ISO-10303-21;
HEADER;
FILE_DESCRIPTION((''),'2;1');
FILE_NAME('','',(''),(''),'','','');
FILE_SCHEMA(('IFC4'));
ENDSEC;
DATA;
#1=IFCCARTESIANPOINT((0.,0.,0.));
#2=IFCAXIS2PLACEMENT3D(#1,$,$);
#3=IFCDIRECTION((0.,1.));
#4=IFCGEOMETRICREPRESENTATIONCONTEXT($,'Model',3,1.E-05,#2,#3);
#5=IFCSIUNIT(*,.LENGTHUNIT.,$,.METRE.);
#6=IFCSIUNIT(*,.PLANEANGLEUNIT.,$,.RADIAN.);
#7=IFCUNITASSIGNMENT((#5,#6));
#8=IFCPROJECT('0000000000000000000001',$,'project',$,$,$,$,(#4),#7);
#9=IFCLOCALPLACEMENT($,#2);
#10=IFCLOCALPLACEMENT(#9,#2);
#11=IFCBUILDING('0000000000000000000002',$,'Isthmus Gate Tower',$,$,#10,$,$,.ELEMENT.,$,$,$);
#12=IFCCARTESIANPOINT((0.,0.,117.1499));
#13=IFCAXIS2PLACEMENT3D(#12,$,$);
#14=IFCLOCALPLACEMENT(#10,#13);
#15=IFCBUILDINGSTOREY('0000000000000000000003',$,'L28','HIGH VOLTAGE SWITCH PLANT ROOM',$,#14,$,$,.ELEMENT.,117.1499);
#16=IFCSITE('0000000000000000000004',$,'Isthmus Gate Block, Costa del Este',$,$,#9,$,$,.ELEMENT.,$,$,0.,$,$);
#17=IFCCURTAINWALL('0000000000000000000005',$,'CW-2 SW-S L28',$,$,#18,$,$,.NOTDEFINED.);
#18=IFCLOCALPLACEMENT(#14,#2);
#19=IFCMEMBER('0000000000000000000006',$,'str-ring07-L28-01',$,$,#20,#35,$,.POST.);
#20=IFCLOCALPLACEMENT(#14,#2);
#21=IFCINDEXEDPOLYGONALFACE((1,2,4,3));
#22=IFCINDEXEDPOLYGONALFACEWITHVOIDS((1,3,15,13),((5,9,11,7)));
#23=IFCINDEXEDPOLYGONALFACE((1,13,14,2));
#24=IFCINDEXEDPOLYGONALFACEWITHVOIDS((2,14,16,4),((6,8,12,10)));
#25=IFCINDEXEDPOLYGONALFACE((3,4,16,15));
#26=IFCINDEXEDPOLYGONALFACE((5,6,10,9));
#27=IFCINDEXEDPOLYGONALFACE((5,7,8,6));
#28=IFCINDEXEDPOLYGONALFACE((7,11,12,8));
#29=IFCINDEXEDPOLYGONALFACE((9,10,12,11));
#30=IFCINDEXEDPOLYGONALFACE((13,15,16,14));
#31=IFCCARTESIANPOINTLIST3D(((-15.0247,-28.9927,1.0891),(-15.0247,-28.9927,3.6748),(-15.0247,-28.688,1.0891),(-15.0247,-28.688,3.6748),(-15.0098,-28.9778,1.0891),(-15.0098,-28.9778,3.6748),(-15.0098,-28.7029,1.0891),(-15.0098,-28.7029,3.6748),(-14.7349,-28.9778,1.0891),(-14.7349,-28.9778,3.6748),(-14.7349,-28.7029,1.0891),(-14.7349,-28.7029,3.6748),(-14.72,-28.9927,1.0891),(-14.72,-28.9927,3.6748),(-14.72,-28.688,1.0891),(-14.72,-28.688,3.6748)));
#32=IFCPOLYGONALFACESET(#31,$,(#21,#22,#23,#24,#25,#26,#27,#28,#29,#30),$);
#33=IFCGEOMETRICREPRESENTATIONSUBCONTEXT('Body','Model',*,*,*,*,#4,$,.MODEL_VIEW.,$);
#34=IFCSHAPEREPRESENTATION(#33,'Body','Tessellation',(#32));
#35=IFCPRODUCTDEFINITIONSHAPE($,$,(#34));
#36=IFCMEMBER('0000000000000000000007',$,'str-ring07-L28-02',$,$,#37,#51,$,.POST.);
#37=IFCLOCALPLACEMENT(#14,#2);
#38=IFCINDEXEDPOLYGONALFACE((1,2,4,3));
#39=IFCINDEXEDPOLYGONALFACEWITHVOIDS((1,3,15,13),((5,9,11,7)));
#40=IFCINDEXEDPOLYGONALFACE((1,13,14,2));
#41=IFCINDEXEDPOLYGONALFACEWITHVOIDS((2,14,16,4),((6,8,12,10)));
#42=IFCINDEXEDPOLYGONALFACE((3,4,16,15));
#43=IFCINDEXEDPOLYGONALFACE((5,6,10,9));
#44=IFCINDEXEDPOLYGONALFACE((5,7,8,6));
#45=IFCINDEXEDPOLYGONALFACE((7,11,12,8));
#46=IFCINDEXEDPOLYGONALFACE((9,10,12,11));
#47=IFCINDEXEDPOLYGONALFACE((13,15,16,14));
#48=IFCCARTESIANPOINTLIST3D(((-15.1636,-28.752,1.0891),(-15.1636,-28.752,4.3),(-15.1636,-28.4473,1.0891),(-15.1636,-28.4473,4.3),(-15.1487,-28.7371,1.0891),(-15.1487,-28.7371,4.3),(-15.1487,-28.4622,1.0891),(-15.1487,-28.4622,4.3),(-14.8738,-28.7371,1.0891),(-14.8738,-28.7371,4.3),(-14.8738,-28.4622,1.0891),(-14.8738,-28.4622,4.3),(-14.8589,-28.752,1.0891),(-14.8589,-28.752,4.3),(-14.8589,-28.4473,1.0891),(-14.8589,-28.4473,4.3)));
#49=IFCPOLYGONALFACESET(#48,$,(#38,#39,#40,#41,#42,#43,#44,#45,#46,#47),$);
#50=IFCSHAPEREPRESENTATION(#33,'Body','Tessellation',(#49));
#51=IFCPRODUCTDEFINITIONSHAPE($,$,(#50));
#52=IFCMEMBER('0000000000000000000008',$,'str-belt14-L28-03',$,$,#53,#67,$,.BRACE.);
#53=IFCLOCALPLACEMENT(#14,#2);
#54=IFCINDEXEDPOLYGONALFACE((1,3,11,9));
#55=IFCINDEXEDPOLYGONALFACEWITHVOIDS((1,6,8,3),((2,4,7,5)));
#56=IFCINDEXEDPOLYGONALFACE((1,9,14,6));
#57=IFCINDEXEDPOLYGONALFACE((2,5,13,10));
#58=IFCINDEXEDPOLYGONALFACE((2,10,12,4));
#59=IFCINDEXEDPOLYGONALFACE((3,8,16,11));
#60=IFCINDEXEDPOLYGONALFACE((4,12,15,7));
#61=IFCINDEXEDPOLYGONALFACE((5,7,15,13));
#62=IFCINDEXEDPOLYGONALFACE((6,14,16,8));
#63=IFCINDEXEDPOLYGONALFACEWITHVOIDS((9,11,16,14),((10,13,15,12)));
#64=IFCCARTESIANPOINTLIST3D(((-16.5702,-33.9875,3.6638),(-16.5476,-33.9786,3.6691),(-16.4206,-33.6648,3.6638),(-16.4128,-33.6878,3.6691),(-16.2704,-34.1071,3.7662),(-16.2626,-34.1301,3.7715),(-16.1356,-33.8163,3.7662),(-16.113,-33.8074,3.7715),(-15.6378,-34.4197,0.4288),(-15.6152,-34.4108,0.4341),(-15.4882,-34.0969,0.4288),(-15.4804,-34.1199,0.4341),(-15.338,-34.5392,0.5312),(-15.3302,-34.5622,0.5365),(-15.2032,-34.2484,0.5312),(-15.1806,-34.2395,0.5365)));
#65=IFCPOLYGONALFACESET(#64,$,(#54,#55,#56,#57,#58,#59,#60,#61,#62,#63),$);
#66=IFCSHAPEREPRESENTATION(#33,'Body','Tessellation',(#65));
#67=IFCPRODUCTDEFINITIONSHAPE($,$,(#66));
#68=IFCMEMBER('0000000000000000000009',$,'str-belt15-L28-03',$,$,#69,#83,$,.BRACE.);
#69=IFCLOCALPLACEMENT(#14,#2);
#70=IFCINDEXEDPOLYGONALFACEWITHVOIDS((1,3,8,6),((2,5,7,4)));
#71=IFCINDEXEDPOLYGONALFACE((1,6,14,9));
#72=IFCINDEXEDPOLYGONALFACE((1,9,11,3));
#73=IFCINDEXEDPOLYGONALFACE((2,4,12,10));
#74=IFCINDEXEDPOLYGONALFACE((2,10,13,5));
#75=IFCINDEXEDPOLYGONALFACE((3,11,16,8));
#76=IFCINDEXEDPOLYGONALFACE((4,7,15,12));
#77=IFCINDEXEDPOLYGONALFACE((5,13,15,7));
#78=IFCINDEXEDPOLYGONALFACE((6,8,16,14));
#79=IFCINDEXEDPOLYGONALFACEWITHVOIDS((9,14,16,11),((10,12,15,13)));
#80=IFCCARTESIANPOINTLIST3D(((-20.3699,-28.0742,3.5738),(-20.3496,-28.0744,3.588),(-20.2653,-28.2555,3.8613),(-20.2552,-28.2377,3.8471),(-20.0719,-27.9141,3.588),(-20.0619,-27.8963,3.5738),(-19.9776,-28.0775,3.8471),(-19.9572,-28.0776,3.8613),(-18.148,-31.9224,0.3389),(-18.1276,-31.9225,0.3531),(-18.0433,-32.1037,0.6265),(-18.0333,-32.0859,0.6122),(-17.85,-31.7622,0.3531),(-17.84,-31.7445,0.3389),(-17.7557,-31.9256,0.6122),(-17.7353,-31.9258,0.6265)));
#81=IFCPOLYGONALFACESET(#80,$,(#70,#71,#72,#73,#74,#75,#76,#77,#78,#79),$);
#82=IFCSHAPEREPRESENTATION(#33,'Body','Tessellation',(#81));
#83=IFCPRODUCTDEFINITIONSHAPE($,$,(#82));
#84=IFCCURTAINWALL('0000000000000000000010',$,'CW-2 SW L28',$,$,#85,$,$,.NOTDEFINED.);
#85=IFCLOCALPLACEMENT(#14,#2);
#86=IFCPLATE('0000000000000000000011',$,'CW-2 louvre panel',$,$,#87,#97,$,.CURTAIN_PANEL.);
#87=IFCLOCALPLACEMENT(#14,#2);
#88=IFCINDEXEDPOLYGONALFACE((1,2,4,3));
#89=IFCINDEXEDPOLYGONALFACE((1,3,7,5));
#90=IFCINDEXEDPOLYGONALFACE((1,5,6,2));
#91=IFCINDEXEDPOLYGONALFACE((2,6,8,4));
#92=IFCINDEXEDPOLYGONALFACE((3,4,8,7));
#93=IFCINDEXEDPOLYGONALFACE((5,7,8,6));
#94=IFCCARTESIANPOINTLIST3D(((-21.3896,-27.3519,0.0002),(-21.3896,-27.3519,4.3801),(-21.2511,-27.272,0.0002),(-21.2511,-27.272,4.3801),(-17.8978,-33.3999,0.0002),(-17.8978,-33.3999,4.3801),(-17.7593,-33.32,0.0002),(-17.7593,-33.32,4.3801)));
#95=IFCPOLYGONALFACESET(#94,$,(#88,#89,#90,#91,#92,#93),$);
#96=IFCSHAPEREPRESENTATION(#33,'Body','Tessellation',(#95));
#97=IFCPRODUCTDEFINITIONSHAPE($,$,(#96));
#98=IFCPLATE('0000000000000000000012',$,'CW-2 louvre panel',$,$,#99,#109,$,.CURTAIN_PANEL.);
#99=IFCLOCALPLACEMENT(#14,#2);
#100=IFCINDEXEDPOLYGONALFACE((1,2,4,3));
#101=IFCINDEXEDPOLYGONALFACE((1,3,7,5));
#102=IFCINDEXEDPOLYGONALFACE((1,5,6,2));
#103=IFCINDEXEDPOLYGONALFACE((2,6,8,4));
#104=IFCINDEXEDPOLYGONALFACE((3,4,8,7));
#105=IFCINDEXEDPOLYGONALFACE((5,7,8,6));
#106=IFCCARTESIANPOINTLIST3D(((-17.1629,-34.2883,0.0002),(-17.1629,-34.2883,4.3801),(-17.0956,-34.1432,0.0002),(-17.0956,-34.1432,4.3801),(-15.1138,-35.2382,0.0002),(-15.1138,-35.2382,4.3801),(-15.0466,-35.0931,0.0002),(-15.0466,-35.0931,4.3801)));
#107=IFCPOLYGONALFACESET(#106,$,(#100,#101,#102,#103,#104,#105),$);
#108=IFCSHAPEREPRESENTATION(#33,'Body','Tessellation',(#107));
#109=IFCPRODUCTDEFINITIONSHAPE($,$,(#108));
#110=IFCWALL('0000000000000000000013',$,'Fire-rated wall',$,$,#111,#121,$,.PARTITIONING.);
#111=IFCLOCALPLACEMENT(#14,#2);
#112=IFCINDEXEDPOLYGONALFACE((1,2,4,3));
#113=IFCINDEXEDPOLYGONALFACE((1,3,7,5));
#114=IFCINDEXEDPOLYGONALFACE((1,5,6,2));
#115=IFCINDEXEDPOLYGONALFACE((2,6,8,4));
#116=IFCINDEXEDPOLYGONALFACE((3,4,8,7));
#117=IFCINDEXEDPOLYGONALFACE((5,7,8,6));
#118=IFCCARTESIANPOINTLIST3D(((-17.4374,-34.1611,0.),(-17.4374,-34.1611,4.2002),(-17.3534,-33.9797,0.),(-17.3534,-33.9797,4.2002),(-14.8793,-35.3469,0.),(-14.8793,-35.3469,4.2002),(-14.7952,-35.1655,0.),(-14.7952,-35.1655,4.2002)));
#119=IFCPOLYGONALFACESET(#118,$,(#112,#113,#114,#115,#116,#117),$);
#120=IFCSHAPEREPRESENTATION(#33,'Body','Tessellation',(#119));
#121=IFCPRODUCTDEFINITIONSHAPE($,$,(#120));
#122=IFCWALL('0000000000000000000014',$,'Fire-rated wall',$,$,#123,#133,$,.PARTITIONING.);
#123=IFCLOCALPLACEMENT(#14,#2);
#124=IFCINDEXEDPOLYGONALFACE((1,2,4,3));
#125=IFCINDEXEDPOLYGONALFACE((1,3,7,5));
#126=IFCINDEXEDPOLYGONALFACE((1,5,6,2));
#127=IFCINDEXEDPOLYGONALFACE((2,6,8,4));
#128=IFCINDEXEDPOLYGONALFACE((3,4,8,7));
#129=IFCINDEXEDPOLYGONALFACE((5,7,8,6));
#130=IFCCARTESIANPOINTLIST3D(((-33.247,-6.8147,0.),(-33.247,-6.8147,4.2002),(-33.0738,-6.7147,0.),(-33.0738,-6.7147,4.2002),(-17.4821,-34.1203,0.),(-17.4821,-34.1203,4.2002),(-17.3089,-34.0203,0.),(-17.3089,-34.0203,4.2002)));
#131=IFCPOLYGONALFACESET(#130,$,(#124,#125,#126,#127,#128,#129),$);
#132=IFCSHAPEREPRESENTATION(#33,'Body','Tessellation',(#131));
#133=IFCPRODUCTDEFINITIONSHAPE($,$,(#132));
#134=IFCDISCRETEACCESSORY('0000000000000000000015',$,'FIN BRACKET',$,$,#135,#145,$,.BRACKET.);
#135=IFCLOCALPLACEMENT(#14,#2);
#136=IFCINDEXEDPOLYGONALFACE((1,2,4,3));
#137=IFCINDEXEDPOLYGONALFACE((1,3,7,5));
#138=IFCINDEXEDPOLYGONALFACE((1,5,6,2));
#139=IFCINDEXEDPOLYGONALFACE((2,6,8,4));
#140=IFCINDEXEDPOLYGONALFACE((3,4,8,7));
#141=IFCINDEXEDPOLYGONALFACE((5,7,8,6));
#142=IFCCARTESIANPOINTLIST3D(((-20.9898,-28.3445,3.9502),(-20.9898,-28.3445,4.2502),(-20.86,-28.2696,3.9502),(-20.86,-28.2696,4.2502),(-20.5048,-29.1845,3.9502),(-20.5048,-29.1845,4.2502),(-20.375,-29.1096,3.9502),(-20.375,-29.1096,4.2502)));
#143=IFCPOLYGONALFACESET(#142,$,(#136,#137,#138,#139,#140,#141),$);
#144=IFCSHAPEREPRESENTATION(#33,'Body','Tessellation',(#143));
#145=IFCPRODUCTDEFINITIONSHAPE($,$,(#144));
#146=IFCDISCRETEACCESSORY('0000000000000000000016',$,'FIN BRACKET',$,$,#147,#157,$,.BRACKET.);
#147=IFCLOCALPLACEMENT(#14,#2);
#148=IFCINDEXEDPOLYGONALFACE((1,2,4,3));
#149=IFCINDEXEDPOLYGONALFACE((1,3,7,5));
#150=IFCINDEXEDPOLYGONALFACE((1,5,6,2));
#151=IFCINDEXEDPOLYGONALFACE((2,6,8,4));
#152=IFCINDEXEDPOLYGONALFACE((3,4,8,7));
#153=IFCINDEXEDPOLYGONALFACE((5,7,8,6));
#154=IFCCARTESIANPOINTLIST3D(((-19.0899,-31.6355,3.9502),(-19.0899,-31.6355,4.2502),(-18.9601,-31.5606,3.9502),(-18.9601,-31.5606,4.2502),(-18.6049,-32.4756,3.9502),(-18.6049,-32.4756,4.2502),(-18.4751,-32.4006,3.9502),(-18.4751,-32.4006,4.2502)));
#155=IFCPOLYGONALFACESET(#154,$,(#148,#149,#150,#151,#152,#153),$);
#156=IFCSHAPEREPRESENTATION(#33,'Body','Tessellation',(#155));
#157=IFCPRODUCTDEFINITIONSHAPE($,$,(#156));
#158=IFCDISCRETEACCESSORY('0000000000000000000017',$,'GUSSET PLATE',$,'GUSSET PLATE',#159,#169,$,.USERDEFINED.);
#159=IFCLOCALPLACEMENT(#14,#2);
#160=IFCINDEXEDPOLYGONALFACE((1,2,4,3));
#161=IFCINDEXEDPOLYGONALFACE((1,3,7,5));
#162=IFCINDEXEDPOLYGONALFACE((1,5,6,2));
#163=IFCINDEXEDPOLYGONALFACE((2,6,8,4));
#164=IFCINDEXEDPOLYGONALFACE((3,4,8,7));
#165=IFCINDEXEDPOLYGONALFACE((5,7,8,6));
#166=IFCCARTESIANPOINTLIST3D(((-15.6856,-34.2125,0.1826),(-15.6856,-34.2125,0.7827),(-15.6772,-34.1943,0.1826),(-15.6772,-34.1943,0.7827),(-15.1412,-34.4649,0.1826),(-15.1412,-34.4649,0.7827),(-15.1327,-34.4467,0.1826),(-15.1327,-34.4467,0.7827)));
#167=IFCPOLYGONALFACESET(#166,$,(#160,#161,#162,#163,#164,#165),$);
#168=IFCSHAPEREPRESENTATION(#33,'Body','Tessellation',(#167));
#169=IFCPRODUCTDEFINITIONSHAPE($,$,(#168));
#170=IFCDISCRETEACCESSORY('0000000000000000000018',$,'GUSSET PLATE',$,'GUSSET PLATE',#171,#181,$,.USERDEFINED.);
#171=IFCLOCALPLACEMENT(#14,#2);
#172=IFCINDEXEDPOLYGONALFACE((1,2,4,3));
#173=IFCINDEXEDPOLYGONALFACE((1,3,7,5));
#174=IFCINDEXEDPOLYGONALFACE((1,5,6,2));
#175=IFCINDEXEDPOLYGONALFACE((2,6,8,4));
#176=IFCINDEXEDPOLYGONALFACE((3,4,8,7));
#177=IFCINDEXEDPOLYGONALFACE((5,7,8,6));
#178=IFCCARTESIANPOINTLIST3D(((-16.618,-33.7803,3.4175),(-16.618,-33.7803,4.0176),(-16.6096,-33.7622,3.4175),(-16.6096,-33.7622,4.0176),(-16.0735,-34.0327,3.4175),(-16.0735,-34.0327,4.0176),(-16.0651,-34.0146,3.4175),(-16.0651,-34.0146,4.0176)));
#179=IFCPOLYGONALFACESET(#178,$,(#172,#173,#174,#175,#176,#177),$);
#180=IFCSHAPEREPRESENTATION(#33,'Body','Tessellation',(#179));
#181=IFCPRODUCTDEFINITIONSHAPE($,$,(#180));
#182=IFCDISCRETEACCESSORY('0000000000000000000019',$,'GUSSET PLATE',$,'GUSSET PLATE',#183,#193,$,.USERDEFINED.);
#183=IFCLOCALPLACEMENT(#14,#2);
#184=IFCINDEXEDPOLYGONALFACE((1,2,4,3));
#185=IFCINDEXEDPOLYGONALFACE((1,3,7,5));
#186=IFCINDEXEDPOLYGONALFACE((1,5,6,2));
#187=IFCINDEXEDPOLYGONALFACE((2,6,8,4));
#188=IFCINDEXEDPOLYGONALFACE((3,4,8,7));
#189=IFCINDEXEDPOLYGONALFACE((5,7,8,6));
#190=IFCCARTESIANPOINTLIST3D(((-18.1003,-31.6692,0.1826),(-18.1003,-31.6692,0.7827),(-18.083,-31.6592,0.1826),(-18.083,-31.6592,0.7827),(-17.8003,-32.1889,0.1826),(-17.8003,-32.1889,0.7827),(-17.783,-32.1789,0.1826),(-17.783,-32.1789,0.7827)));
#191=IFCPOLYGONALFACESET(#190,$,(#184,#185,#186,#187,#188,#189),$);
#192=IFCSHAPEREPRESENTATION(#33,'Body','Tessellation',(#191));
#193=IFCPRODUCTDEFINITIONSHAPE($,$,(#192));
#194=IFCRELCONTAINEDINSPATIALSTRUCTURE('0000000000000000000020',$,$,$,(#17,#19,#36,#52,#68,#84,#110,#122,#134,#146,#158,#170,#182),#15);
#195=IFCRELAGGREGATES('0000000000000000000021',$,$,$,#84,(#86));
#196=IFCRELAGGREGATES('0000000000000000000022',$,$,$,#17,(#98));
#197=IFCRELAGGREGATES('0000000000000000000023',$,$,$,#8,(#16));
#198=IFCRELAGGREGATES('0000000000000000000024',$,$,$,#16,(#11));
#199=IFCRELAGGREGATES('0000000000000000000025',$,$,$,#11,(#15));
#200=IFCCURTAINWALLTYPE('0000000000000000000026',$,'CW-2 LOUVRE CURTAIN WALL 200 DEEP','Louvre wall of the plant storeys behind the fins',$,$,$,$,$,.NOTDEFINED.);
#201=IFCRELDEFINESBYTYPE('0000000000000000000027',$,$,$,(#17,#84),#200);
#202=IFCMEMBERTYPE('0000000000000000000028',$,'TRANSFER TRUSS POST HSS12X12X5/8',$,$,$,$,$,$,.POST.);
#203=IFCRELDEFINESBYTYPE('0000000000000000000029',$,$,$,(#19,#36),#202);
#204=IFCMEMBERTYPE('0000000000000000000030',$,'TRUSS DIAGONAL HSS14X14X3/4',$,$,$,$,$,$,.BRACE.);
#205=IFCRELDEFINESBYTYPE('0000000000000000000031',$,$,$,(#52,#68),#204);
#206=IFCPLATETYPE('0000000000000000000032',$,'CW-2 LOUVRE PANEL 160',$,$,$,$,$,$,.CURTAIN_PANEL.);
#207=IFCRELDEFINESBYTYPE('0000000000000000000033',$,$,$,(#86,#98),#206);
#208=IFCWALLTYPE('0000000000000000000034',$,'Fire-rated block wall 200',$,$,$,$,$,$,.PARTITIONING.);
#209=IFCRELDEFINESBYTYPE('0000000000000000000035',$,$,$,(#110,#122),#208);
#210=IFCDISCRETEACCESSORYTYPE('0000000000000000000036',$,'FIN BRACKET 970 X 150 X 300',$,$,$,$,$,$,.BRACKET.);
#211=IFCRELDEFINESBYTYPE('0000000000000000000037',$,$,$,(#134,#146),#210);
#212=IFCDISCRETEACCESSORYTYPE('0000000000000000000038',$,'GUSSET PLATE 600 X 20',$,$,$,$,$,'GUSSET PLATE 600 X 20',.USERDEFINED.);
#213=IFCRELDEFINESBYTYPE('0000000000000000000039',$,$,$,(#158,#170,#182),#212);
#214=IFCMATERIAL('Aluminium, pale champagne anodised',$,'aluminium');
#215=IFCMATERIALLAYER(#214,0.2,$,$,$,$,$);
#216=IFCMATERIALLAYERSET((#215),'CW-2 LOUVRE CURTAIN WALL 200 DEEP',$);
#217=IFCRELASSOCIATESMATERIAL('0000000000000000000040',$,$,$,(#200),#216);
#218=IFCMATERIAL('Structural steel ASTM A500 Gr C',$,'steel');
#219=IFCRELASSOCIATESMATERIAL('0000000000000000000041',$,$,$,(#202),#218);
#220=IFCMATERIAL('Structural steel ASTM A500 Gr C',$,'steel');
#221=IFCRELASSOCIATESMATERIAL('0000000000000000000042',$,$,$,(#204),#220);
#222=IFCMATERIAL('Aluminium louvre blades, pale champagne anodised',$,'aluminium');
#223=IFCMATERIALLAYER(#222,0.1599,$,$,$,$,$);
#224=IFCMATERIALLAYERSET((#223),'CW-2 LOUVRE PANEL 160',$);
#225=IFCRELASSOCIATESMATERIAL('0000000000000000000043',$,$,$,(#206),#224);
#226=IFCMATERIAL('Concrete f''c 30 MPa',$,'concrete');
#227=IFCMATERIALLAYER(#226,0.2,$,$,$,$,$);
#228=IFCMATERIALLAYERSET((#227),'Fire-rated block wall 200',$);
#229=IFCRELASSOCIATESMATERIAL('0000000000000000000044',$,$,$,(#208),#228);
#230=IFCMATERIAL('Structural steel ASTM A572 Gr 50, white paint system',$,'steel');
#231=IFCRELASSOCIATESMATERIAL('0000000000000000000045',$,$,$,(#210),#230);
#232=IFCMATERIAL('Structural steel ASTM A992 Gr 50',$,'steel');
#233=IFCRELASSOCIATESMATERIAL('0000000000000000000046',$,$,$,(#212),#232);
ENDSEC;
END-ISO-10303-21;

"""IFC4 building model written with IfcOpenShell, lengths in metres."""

from ifc_helpers import new_model, si_unit, direction, frame, frame_2d, origin, origin_2d, place, context, subcontext, project, spatial, rectangle, hollow_rectangle, extrude, material, layer, layer_set, material_profile, profile_set, type_object, element, aggregate, save


model = new_model("IFC4")

# Units and contexts
model_context = context("Model", 3, precision=1e-05, world=origin(), true_north=direction((0.0, 1.0)))
body_context = subcontext(model_context, "Body", "Model", "MODEL_VIEW")
ifc_project = project(units=[si_unit("LENGTHUNIT", "METRE"), si_unit("PLANEANGLEUNIT", "RADIAN")], contexts=[model_context])

# Site, building, storey
site_placement = place(None, origin())
site = spatial("IfcSite", under=ifc_project, at=site_placement, Name="Isthmus Gate Block, Costa del Este", CompositionType="ELEMENT", RefElevation=0.0)
building_placement = place(site_placement, origin())
building = spatial("IfcBuilding", under=site, at=building_placement, Name="Isthmus Gate Tower", CompositionType="ELEMENT")
storey_placement = place(building_placement, frame((0.0, 0.0, 117.1499)))
storey = spatial("IfcBuildingStorey", under=building, at=storey_placement, Name="L28", Description="HIGH VOLTAGE SWITCH PLANT ROOM", CompositionType="ELEMENT", Elevation=117.1499)

# Curtain wall
ifc_material_1 = material(Name="Aluminium, pale champagne anodised", Category="aluminium")
ifc_layer_1 = layer(ifc_material_1, 0.2)
ifc_layer_set_1 = layer_set([ifc_layer_1], Name="CW-2 LOUVRE CURTAIN WALL 200 DEEP")
curtain_wall_type = type_object("IfcCurtainWallType", Name="CW-2 LOUVRE CURTAIN WALL 200 DEEP", Description="Louvre wall of the plant storeys behind the fins", PredefinedType="NOTDEFINED", material=ifc_layer_set_1)
curtain_wall_1_placement = place(storey_placement, origin())
curtain_wall_1 = element("IfcCurtainWall", 1, at=curtain_wall_1_placement, inside=storey, type_object=curtain_wall_type, Name="CW-2 SW-S L28", PredefinedType="NOTDEFINED")

# Members
ifc_material_2 = material(Name="Structural steel ASTM A500 Gr C", Category="steel")
ifc_material_profile_1 = material_profile(ifc_material_2, hollow_rectangle(XDim=0.3047, YDim=0.3047, WallThickness=0.0149, at=origin_2d()), Name="HSS12X12X5/8")
ifc_profile_set_1 = profile_set([ifc_material_profile_1], Name="Structural steel ASTM A500 Gr C")
member_type_1 = type_object("IfcMemberType", Name="TRANSFER TRUSS POST HSS12X12X5/8", PredefinedType="POST", material=ifc_profile_set_1)
member_1_placement = place(storey_placement, frame((-14.8723, -28.8403, 1.0891), z_axis=(0.0, 0.0, 1.0), x_axis=(1.0, 0.0, 0.0)))
element("IfcMember", 2, at=member_1_placement, inside=storey, type_object=member_type_1, Name="str-ring07-L28-01", PredefinedType="POST", context=body_context, shape_type="SweptSolid", body=[
    extrude(hollow_rectangle(XDim=0.3047, YDim=0.3047, WallThickness=0.0149, at=origin_2d()), origin(), (0.0, 0.0, 1.0), 2.5857),
])
member_2_placement = place(storey_placement, frame((-15.0112, -28.5996, 1.0891), z_axis=(0.0, 0.0, 1.0), x_axis=(1.0, 0.0, 0.0)))
element("IfcMember", 3, at=member_2_placement, inside=storey, type_object=member_type_1, Name="str-ring07-L28-02", PredefinedType="POST", context=body_context, shape_type="SweptSolid", body=[
    extrude(hollow_rectangle(XDim=0.3047, YDim=0.3047, WallThickness=0.0149, at=origin_2d()), origin(), (0.0, 0.0, 1.0), 3.2109),
])
ifc_material_3 = material(Name="Structural steel ASTM A500 Gr C", Category="steel")
ifc_material_profile_2 = material_profile(ifc_material_3, hollow_rectangle(XDim=0.3557, YDim=0.3557, WallThickness=0.0176, at=origin_2d()), Name="HSS14X14X3/4")
ifc_profile_set_2 = profile_set([ifc_material_profile_2], Name="Structural steel ASTM A500 Gr C")
member_type_2 = type_object("IfcMemberType", Name="TRUSS DIAGONAL HSS14X14X3/4", PredefinedType="BRACE", material=ifc_profile_set_2)
member_3_placement = place(storey_placement, frame((-15.4092, -34.3296, 0.4827), z_axis=(-0.274698, 0.127315, 0.953064), x_axis=(-0.420504, -0.907291, 0.0)))
element("IfcMember", 4, at=member_3_placement, inside=storey, type_object=member_type_2, Name="str-belt14-L28-03", PredefinedType="BRACE", context=body_context, shape_type="SweptSolid", body=[
    extrude(hollow_rectangle(XDim=0.3557, YDim=0.3557, WallThickness=0.0176, at=origin_2d()), origin(), (0.0, 0.0, 1.0), 3.3943),
])
member_4_placement = place(storey_placement, frame((-17.9417, -31.9241, 0.4827), z_axis=(-0.404257, 0.700131, 0.588551), x_axis=(-0.866006, -0.500033, 0.0)))
element("IfcMember", 5, at=member_4_placement, inside=storey, type_object=member_type_2, Name="str-belt15-L28-03", PredefinedType="BRACE", context=body_context, shape_type="SweptSolid", body=[
    extrude(hollow_rectangle(XDim=0.3557, YDim=0.3557, WallThickness=0.0176, at=origin_2d()), origin(), (0.0, 0.0, 1.0), 5.4963),
])

# Curtain wall, plate
curtain_wall_2_placement = place(storey_placement, origin())
curtain_wall_2 = element("IfcCurtainWall", 6, at=curtain_wall_2_placement, inside=storey, type_object=curtain_wall_type, Name="CW-2 SW L28", PredefinedType="NOTDEFINED")
ifc_material_4 = material(Name="Aluminium louvre blades, pale champagne anodised", Category="aluminium")
ifc_layer_2 = layer(ifc_material_4, 0.1599)
ifc_layer_set_2 = layer_set([ifc_layer_2], Name="CW-2 LOUVRE PANEL 160")
plate_type = type_object("IfcPlateType", Name="CW-2 LOUVRE PANEL 160", PredefinedType="CURTAIN_PANEL", material=ifc_layer_set_2)
plate_1_placement = place(storey_placement, frame((-19.5745, -30.3359, 0.0002), z_axis=(0.0, 0.0, 1.0), x_axis=(0.5, -0.866025, 0.0)))
plate_1 = element("IfcPlate", 7, at=plate_1_placement, type_object=plate_type, Name="CW-2 louvre panel", PredefinedType="CURTAIN_PANEL", context=body_context, shape_type="SweptSolid", body=[
    extrude(rectangle(XDim=6.9836, YDim=0.1599, at=origin_2d()), origin(), (0.0, 0.0, 1.0), 4.3799),
])
aggregate(curtain_wall_2, [plate_1])

# Plate
plate_2_placement = place(storey_placement, frame((-16.1047, -34.6907, 0.0002), z_axis=(0.0, 0.0, 1.0), x_axis=(0.907256, -0.420578, 0.0)))
plate_2 = element("IfcPlate", 8, at=plate_2_placement, type_object=plate_type, Name="CW-2 louvre panel", PredefinedType="CURTAIN_PANEL", context=body_context, shape_type="SweptSolid", body=[
    extrude(rectangle(XDim=2.2585, YDim=0.1599, at=origin_2d()), origin(), (0.0, 0.0, 1.0), 4.3799),
])
aggregate(curtain_wall_1, [plate_2])

# Walls
ifc_material_5 = material(Name="Concrete f'c 30 MPa", Category="concrete")
ifc_layer_3 = layer(ifc_material_5, 0.2)
ifc_layer_set_3 = layer_set([ifc_layer_3], Name="Fire-rated block wall 200")
wall_type = type_object("IfcWallType", Name="Fire-rated block wall 200", PredefinedType="PARTITIONING", material=ifc_layer_set_3)
wall_1_placement = place(storey_placement, frame((-14.8374, -35.2561, 0.0), z_axis=(0.0, 0.0, 1.0), x_axis=(-0.907266, 0.420557, 0.0)))
element("IfcWall", 9, at=wall_1_placement, inside=storey, type_object=wall_type, Name="Fire-rated wall", PredefinedType="PARTITIONING", context=body_context, shape_type="SweptSolid", body=[
    extrude(rectangle(XDim=2.8196, YDim=0.2, at=frame_2d((1.4097, 0.0))), origin(), (0.0, 0.0, 1.0), 4.2002),
])
wall_2_placement = place(storey_placement, frame((-17.3955, -34.0703, 0.0), z_axis=(0.0, 0.0, 1.0), x_axis=(-0.499999, 0.866026, 0.0)))
element("IfcWall", 10, at=wall_2_placement, inside=storey, type_object=wall_type, Name="Fire-rated wall", PredefinedType="PARTITIONING", context=body_context, shape_type="SweptSolid", body=[
    extrude(rectangle(XDim=31.5298, YDim=0.2, at=frame_2d((15.7649, 0.0))), origin(), (0.0, 0.0, 1.0), 4.2002),
])

# Discrete accessories
ifc_material_6 = material(Name="Structural steel ASTM A572 Gr 50, white paint system", Category="steel")
discrete_accessory_type_1 = type_object("IfcDiscreteAccessoryType", Name="FIN BRACKET 970 X 150 X 300", PredefinedType="BRACKET", material=ifc_material_6)
for number, where, z_axis, x_axis, name in (
    (11, (-20.6824, -28.7271, 3.9502), (0.0, 0.0, 1.0), (-0.866025, -0.5, 0.0), "FIN BRACKET"),
    (12, (-18.7825, -32.0181, 3.9502), (0.0, 0.0, 1.0), (-0.866025, -0.5, 0.0), "FIN BRACKET"),
):
    element("IfcDiscreteAccessory", number, at=place(storey_placement, frame(where, z_axis=z_axis, x_axis=x_axis)), inside=storey, type_object=discrete_accessory_type_1, Name=name, PredefinedType="BRACKET", context=body_context, shape_type="SweptSolid", body=[
        extrude(rectangle(XDim=0.1499, YDim=0.97, at=origin_2d()), origin(), (0.0, 0.0, 1.0), 0.3),
    ])
ifc_material_7 = material(Name="Structural steel ASTM A992 Gr 50", Category="steel")
discrete_accessory_type_2 = type_object("IfcDiscreteAccessoryType", Name="GUSSET PLATE 600 X 20", ElementType="GUSSET PLATE 600 X 20", PredefinedType="USERDEFINED", material=ifc_material_7)
for number, where, z_axis, x_axis, name in (
    (13, (-15.4092, -34.3296, 0.1826), (0.0, 0.0, 1.0), (-0.907256, 0.420578, 0.0), "GUSSET PLATE"),
    (14, (-16.3416, -33.8975, 3.4175), (0.0, 0.0, 1.0), (-0.907256, 0.420578, 0.0), "GUSSET PLATE"),
    (15, (-17.9417, -31.9241, 0.1826), (0.0, 0.0, 1.0), (-0.5, 0.866025, 0.0), "GUSSET PLATE"),
):
    element("IfcDiscreteAccessory", number, at=place(storey_placement, frame(where, z_axis=z_axis, x_axis=x_axis)), inside=storey, type_object=discrete_accessory_type_2, Name=name, ObjectType="GUSSET PLATE", PredefinedType="USERDEFINED", context=body_context, shape_type="SweptSolid", body=[
        extrude(rectangle(XDim=0.6001, YDim=0.02, at=origin_2d()), origin(), (0.0, 0.0, 1.0), 0.6001),
    ])

save(model, "model.ifc")
